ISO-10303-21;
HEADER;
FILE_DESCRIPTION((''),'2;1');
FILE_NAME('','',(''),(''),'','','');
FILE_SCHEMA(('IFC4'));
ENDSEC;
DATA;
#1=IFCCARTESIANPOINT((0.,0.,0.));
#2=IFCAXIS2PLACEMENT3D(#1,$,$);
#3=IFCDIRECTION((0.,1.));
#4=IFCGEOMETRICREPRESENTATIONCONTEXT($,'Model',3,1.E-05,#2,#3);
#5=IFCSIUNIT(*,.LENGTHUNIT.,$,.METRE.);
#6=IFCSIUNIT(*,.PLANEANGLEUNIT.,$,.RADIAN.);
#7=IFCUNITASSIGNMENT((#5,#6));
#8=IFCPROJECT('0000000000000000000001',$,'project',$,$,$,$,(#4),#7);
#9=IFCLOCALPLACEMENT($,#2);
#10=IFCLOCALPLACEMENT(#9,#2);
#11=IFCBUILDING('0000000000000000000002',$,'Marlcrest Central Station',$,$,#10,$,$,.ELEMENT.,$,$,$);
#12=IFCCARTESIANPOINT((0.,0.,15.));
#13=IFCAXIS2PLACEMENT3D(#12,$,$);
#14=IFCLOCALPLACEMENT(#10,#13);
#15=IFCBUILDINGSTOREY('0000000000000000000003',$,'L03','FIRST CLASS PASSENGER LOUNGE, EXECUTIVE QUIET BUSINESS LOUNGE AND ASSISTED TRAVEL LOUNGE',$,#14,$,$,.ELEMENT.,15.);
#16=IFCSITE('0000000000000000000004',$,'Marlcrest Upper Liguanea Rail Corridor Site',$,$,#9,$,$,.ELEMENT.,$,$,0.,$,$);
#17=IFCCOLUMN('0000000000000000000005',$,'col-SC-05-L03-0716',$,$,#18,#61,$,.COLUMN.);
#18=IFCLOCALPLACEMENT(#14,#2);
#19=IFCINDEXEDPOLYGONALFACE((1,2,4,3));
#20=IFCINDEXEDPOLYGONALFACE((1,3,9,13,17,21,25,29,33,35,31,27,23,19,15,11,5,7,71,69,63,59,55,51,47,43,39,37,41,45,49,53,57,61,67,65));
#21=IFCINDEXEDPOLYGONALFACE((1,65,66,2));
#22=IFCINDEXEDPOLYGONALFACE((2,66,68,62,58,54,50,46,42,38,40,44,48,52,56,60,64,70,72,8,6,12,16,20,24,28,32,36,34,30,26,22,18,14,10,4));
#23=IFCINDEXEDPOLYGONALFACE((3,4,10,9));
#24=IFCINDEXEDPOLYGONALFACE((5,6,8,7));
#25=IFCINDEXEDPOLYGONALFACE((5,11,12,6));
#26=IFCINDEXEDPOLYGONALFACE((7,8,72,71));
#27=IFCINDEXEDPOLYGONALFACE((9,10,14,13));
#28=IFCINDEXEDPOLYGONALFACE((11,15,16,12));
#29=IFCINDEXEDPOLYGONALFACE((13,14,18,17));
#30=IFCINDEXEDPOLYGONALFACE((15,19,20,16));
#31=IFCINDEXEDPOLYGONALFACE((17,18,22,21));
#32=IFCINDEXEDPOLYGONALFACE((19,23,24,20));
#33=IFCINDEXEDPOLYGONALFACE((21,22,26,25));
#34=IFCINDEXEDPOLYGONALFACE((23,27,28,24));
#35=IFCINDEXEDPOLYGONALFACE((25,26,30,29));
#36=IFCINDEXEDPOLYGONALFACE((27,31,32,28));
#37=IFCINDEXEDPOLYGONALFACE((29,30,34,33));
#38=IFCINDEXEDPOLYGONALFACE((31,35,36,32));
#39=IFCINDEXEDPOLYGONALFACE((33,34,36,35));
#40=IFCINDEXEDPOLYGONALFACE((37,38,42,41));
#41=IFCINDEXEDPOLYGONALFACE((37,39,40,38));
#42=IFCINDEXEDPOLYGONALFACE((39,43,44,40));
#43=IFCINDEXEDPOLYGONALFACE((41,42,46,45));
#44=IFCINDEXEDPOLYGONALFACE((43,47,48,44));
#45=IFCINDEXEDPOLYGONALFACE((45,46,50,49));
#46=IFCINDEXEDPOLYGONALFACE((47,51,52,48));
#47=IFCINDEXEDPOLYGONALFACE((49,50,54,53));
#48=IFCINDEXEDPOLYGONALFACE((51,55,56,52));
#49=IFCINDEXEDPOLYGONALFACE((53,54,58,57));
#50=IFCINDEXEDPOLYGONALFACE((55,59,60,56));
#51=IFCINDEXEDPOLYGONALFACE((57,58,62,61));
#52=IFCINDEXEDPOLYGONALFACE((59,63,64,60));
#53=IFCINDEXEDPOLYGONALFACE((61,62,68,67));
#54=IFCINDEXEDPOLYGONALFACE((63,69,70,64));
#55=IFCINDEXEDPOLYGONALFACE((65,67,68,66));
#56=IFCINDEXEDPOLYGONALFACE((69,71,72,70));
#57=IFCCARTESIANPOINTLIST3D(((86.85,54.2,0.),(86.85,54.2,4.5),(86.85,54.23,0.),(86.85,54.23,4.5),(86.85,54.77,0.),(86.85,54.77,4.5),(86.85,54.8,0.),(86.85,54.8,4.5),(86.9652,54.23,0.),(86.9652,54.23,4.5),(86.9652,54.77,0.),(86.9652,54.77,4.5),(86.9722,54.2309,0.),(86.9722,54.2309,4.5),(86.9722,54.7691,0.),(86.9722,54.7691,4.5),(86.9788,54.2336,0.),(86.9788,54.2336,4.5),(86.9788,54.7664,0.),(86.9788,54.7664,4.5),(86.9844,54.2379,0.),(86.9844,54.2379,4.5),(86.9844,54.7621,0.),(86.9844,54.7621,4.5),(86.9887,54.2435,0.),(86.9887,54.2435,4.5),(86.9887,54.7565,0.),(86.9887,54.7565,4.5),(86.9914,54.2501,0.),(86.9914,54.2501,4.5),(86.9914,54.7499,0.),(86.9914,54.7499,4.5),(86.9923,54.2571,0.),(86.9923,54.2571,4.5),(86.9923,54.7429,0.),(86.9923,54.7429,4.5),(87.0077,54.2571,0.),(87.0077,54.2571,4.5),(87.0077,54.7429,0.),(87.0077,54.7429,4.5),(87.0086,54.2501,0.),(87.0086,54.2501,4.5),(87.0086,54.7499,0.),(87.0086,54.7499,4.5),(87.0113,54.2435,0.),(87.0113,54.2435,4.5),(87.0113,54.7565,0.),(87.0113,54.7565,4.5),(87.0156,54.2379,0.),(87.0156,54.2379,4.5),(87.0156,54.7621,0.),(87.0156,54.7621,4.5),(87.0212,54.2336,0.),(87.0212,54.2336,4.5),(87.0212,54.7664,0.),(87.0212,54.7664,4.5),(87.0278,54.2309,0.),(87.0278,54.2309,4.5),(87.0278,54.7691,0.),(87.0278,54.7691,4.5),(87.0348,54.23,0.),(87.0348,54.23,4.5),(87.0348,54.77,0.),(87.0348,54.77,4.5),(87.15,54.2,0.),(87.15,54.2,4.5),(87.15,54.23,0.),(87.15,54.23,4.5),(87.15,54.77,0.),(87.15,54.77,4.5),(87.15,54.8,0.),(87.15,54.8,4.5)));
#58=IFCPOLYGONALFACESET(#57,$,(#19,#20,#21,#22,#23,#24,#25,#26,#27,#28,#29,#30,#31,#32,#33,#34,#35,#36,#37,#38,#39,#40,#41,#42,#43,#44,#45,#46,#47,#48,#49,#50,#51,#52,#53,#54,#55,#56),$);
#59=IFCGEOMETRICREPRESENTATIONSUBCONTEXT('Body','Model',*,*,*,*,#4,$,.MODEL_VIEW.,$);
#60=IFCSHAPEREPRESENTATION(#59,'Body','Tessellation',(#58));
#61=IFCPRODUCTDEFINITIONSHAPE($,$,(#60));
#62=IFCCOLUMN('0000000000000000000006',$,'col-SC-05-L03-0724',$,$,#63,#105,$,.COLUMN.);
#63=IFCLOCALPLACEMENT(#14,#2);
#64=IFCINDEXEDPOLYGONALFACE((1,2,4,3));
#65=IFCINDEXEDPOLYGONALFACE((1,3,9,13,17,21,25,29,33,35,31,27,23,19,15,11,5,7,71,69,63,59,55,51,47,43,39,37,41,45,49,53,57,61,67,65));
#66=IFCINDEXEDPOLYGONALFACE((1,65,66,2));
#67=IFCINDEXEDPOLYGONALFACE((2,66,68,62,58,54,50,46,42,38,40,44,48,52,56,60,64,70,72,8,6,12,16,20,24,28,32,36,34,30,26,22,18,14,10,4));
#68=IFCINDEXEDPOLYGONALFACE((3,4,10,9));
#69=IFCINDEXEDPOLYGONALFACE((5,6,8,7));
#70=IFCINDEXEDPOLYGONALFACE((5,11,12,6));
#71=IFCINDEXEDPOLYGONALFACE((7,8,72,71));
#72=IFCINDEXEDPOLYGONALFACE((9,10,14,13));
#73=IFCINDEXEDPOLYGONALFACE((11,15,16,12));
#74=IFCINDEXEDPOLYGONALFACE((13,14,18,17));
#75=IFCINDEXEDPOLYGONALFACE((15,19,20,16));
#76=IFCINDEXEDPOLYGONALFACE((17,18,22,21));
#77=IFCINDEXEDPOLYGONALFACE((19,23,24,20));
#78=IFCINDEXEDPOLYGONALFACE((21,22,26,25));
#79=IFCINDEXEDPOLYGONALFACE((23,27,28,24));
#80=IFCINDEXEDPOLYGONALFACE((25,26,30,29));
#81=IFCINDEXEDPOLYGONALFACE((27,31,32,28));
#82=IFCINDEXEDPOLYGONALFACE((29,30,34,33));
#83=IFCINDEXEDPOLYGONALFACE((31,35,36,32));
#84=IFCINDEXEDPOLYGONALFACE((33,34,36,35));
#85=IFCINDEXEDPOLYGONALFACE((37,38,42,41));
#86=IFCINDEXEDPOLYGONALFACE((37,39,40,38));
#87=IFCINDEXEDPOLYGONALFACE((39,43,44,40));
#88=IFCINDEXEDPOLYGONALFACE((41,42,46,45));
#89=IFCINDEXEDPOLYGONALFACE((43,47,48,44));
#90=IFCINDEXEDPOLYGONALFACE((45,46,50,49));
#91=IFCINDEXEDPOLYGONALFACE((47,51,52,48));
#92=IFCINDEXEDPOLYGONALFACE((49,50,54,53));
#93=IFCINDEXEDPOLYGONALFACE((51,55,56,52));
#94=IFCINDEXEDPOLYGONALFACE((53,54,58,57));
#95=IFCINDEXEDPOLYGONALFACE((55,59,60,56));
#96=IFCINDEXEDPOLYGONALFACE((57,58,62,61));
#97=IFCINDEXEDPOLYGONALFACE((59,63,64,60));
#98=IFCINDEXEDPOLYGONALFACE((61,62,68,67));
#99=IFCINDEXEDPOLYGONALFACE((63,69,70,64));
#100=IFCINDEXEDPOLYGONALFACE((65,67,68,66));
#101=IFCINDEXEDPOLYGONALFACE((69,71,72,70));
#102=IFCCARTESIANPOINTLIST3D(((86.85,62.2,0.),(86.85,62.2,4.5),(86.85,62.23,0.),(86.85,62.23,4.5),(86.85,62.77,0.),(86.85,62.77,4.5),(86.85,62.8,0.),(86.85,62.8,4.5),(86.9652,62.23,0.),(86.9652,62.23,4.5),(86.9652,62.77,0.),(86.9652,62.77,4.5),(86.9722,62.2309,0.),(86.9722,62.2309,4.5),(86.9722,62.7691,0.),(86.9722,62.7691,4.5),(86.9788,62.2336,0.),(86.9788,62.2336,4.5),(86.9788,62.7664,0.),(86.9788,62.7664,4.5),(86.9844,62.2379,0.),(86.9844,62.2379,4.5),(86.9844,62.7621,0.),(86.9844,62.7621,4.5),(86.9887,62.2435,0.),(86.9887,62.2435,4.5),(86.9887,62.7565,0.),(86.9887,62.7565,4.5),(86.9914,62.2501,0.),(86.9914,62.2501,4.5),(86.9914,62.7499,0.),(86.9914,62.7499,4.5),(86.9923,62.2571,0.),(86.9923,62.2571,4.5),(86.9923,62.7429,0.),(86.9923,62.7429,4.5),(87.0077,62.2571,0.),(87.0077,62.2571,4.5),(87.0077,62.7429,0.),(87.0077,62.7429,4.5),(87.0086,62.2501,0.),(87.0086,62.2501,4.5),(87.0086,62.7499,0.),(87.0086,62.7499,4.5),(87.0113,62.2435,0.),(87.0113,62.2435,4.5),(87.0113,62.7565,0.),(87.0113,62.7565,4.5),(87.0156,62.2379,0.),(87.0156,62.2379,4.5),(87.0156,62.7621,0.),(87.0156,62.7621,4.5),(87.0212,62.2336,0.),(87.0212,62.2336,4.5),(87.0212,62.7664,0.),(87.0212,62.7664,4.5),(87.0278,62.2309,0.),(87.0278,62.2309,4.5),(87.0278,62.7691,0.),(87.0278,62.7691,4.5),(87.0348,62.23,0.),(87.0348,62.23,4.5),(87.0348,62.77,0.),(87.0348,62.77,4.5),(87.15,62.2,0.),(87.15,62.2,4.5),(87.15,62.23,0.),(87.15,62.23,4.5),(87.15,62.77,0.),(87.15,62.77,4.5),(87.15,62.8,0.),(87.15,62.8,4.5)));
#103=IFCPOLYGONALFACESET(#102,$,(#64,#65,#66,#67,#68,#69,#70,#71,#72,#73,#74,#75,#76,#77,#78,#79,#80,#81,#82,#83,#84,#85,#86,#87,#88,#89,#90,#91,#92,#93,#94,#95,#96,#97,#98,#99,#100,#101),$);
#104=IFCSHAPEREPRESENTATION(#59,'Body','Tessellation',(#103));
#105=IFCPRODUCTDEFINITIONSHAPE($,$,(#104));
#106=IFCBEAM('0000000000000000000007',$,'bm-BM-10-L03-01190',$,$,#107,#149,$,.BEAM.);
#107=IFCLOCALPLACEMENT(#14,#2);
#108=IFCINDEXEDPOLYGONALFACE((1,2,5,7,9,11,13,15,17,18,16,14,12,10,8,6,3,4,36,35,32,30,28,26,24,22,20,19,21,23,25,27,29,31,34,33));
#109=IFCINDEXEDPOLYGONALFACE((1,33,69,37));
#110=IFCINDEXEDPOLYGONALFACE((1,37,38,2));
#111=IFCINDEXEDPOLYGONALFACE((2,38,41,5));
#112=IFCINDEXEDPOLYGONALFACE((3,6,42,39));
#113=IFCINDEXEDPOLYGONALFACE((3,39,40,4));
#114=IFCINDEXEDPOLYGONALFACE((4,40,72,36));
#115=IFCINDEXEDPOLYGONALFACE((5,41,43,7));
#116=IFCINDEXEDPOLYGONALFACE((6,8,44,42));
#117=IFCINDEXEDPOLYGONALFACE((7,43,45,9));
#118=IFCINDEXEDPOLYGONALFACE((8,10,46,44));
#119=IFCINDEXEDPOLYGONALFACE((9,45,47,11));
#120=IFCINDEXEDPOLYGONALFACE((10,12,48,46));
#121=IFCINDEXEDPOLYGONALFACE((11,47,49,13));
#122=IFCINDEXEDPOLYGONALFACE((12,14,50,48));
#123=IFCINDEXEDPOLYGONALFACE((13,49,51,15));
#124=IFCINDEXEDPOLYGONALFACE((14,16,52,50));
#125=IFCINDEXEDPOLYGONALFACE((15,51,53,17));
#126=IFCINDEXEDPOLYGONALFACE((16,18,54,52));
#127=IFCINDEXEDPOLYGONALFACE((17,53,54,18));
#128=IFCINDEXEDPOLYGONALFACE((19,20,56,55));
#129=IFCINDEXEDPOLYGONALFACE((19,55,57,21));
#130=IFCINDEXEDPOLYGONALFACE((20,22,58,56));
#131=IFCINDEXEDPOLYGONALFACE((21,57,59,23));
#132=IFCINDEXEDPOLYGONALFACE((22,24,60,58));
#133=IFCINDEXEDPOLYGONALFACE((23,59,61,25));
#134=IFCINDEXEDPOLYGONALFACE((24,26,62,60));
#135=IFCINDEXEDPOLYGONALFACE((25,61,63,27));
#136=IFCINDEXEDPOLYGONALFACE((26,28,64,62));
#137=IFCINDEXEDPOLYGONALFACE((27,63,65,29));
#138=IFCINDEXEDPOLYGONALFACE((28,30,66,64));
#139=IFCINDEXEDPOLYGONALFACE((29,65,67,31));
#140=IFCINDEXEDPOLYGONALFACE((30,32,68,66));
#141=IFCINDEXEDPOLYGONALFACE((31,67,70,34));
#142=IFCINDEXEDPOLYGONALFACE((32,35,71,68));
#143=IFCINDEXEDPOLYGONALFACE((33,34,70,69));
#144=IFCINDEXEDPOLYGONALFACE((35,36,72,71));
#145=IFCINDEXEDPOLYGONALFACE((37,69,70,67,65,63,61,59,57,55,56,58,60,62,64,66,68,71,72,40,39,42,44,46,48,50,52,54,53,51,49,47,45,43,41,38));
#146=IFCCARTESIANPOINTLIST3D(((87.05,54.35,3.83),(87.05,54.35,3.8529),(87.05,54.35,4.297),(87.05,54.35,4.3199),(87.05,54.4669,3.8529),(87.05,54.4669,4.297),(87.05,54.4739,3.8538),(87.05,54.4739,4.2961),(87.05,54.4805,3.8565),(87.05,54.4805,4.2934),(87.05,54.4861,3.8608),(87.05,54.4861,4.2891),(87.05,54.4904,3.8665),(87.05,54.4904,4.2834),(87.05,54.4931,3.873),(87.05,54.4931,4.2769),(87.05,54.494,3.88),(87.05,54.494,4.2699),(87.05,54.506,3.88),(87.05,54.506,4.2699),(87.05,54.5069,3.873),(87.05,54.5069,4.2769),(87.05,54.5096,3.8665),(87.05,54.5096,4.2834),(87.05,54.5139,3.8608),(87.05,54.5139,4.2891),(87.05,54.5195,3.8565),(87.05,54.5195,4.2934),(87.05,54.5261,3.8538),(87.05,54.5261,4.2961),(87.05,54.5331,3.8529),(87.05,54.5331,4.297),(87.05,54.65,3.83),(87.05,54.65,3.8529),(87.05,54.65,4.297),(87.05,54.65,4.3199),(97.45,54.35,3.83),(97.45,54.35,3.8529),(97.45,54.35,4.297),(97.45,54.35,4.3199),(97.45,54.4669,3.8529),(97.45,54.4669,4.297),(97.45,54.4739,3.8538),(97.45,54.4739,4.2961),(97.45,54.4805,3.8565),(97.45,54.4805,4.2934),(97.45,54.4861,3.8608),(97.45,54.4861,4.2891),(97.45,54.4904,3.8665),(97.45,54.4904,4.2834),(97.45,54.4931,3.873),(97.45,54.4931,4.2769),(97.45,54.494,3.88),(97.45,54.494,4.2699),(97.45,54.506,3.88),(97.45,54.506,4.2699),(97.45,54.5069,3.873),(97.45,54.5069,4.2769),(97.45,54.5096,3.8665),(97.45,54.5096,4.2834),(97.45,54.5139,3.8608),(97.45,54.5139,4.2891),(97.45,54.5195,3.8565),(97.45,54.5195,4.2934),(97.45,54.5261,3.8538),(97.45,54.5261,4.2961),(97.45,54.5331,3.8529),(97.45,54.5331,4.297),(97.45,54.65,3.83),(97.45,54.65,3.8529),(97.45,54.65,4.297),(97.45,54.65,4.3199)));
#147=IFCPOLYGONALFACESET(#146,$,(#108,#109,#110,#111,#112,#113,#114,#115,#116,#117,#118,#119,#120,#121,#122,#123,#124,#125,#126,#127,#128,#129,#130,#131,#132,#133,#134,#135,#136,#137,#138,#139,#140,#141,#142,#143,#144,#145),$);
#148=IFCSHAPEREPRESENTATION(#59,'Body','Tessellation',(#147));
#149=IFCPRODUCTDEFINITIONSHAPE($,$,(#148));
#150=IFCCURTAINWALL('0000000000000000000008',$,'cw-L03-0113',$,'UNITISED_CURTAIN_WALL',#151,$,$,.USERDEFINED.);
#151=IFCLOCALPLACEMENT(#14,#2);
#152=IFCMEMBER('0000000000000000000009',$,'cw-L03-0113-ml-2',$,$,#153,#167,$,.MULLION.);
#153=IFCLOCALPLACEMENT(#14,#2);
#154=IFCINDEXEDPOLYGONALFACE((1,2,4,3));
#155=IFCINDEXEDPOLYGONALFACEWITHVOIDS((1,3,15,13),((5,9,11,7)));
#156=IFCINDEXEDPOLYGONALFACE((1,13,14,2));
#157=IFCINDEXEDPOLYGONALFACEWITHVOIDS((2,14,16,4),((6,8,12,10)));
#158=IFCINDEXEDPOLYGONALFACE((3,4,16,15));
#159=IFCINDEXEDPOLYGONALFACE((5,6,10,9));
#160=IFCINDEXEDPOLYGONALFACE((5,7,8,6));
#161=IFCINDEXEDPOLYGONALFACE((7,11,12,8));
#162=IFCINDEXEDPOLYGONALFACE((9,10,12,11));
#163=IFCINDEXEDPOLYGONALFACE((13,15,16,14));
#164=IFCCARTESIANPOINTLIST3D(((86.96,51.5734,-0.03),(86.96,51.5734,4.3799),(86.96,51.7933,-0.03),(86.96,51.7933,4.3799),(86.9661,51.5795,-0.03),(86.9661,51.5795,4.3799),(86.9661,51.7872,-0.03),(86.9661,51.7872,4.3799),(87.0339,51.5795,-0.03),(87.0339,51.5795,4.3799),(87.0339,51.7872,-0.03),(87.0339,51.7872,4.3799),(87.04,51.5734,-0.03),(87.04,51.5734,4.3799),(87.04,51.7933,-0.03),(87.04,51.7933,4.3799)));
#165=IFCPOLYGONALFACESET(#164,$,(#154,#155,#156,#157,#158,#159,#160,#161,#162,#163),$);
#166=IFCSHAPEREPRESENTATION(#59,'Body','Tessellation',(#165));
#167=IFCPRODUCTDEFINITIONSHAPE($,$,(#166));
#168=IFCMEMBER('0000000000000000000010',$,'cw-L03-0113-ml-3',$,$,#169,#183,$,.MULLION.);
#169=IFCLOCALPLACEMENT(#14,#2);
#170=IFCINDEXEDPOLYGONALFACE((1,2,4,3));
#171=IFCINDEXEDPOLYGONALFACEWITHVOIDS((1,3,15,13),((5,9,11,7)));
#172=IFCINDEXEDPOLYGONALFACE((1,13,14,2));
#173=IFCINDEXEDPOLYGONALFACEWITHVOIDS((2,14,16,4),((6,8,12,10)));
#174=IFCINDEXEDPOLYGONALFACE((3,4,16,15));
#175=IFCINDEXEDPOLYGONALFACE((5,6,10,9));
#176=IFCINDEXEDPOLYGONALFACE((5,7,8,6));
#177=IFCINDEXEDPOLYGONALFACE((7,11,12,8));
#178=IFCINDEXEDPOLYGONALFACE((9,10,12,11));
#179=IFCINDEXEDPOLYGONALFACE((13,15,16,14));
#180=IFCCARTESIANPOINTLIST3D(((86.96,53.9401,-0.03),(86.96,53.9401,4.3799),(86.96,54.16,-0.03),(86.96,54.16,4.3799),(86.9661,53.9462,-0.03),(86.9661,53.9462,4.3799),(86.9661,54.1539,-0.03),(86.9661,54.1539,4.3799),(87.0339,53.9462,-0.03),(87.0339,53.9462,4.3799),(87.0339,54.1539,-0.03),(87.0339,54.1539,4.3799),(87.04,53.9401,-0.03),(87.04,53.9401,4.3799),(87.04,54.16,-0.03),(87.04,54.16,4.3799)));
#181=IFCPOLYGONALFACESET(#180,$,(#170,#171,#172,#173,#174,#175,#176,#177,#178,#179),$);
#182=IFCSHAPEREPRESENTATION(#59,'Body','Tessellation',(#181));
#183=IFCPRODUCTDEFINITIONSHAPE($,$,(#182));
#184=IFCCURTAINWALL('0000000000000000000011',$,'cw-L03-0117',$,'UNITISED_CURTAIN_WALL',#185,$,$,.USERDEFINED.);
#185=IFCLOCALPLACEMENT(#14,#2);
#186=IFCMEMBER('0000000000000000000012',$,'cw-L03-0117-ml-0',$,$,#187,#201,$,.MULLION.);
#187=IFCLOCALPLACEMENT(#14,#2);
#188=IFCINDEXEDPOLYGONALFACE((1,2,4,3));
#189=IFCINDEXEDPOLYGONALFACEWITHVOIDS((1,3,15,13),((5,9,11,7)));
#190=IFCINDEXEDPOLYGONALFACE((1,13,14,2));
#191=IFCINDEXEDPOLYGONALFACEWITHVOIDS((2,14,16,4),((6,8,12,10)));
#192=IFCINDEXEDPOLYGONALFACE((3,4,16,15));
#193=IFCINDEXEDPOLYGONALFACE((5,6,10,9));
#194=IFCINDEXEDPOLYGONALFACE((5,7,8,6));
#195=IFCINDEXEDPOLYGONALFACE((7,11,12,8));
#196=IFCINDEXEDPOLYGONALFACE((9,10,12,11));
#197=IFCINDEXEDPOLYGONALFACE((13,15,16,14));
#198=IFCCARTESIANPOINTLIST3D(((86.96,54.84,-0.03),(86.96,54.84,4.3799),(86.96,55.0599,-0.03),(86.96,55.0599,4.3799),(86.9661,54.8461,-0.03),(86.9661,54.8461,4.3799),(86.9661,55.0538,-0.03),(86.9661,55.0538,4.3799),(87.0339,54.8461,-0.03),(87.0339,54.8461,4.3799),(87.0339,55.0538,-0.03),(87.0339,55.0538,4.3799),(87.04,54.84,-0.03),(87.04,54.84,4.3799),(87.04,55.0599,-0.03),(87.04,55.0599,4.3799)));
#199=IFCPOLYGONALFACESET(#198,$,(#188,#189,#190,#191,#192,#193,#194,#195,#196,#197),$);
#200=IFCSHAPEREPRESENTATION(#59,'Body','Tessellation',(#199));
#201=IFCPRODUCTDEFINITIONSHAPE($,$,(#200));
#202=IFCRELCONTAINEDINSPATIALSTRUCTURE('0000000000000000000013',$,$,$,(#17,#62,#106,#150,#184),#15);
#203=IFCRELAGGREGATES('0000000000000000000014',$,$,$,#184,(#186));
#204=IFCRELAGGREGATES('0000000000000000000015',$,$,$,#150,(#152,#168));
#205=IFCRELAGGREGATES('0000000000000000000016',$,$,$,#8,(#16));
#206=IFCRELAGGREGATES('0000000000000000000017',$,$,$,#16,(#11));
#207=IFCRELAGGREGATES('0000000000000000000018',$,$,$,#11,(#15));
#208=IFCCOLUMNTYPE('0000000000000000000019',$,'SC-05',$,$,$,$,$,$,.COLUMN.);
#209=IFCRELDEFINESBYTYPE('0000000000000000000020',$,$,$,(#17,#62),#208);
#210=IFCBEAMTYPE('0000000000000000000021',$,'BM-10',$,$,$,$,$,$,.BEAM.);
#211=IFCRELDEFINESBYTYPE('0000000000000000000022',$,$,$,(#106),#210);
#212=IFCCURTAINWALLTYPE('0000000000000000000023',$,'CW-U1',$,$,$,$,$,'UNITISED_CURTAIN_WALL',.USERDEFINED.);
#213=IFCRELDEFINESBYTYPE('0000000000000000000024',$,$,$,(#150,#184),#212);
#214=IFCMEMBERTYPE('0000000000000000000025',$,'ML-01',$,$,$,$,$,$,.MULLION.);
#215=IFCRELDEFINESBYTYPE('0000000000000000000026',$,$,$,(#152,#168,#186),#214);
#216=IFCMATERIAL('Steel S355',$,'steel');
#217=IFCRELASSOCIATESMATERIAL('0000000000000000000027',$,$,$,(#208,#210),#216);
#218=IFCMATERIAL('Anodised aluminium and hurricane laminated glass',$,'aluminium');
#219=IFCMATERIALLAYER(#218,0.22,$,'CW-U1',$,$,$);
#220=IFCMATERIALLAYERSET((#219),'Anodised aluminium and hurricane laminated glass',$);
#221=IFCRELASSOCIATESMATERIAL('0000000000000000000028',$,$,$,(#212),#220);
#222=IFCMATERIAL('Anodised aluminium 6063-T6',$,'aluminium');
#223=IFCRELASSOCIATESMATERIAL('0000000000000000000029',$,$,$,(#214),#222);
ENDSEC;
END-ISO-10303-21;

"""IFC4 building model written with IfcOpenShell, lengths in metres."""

from ifc_helpers import new_model, si_unit, direction, frame, origin, origin_2d, place, context, subcontext, project, spatial, hollow_rectangle, i_section, extrude, material, layer, layer_set, material_profile, profile_set, type_object, element, aggregate, save


model = new_model("IFC4")

# Units and contexts
model_context = context("Model", 3, precision=1e-05, world=origin(), true_north=direction((0.0, 1.0)))
body_context = subcontext(model_context, "Body", "Model", "MODEL_VIEW")
ifc_project = project(units=[si_unit("LENGTHUNIT", "METRE"), si_unit("PLANEANGLEUNIT", "RADIAN")], contexts=[model_context])

# Site, building, storey
site_placement = place(None, origin())
site = spatial("IfcSite", under=ifc_project, at=site_placement, Name="Marlcrest Upper Liguanea Rail Corridor Site", CompositionType="ELEMENT", RefElevation=0.0)
building_placement = place(site_placement, origin())
building = spatial("IfcBuilding", under=site, at=building_placement, Name="Marlcrest Central Station", CompositionType="ELEMENT")
storey_placement = place(building_placement, frame((0.0, 0.0, 15.0)))
storey = spatial("IfcBuildingStorey", under=building, at=storey_placement, Name="L03", Description="FIRST CLASS PASSENGER LOUNGE, EXECUTIVE QUIET BUSINESS LOUNGE AND ASSISTED TRAVEL LOUNGE", CompositionType="ELEMENT", Elevation=15.0)

# Columns
ifc_material_1 = material(Name="Steel S355", Category="steel")
ifc_material_profile_1 = material_profile(ifc_material_1, i_section(OverallWidth=0.3, OverallDepth=0.6001, WebThickness=0.0154, FlangeThickness=0.03, FilletRadius=0.0271, at=origin_2d()), Name="HEB 600")
ifc_profile_set_1 = profile_set([ifc_material_profile_1], Name="Steel S355")
column_type = type_object("IfcColumnType", Name="SC-05", PredefinedType="COLUMN", material=ifc_profile_set_1)
for number, where, z_axis, x_axis, name in (
    (1, (87.0, 54.5, 0.0), (0.0, 0.0, 1.0), (1.0, 0.0, 0.0), "col-SC-05-L03-0716"),
    (2, (87.0, 62.5, 0.0), (0.0, 0.0, 1.0), (1.0, 0.0, 0.0), "col-SC-05-L03-0724"),
):
    element("IfcColumn", number, at=place(storey_placement, frame(where, z_axis=z_axis, x_axis=x_axis)), inside=storey, type_object=column_type, Name=name, PredefinedType="COLUMN", context=body_context, shape_type="SweptSolid", body=[
        extrude(i_section(OverallWidth=0.3, OverallDepth=0.6001, WebThickness=0.0154, FlangeThickness=0.03, FilletRadius=0.0271, at=origin_2d()), origin(), (0.0, 0.0, 1.0), 4.5),
    ])

# Beam
ifc_material_profile_2 = material_profile(ifc_material_1, i_section(OverallWidth=0.3, OverallDepth=0.49, WebThickness=0.012, FlangeThickness=0.0229, FilletRadius=0.0271, at=origin_2d()), Name="HEA 500")
ifc_profile_set_2 = profile_set([ifc_material_profile_2], Name="Steel S355")
beam_type = type_object("IfcBeamType", Name="BM-10", PredefinedType="BEAM", material=ifc_profile_set_2)
beam_placement = place(storey_placement, frame((87.05, 54.5, 4.075), z_axis=(1.0, 0.0, 0.0), x_axis=(0.0, 1.0, 0.0)))
element("IfcBeam", 3, at=beam_placement, inside=storey, type_object=beam_type, Name="bm-BM-10-L03-01190", PredefinedType="BEAM", context=body_context, shape_type="SweptSolid", body=[
    extrude(i_section(OverallWidth=0.3, OverallDepth=0.49, WebThickness=0.012, FlangeThickness=0.0229, FilletRadius=0.0271, at=origin_2d()), origin(), (0.0, 0.0, 1.0), 10.3999),
])

# Curtain walls, members
ifc_material_2 = material(Name="Anodised aluminium and hurricane laminated glass", Category="aluminium")
ifc_layer_1 = layer(ifc_material_2, 0.22, Name="CW-U1")
ifc_layer_set_1 = layer_set([ifc_layer_1], Name="Anodised aluminium and hurricane laminated glass")
curtain_wall_type = type_object("IfcCurtainWallType", Name="CW-U1", ElementType="UNITISED_CURTAIN_WALL", PredefinedType="USERDEFINED", material=ifc_layer_set_1)
curtain_wall_1_placement = place(storey_placement, origin())
curtain_wall_1 = element("IfcCurtainWall", 4, at=curtain_wall_1_placement, inside=storey, type_object=curtain_wall_type, Name="cw-L03-0113", ObjectType="UNITISED_CURTAIN_WALL", PredefinedType="USERDEFINED")
ifc_material_3 = material(Name="Anodised aluminium 6063-T6", Category="aluminium")
ifc_material_profile_3 = material_profile(ifc_material_3, hollow_rectangle(XDim=0.0801, YDim=0.22, WallThickness=0.0061, at=origin_2d()), Name="AA-RHS 220x80x6")
ifc_profile_set_3 = profile_set([ifc_material_profile_3], Name="Anodised aluminium 6063-T6")
member_type_1 = type_object("IfcMemberType", Name="ML-01", PredefinedType="MULLION", material=ifc_profile_set_3)
member_1_placement = place(storey_placement, frame((87.0, 51.6833, -0.03), z_axis=(0.0, 0.0, 1.0), x_axis=(1.0, 0.0, 0.0)))
member_1 = element("IfcMember", 5, at=member_1_placement, type_object=member_type_1, Name="cw-L03-0113-ml-2", PredefinedType="MULLION", context=body_context, shape_type="SweptSolid", body=[
    extrude(hollow_rectangle(XDim=0.0801, YDim=0.22, WallThickness=0.0061, at=origin_2d()), origin(), (0.0, 0.0, 1.0), 4.4099),
])
member_2_placement = place(storey_placement, frame((87.0, 54.05, -0.03), z_axis=(0.0, 0.0, 1.0), x_axis=(1.0, 0.0, 0.0)))
member_2 = element("IfcMember", 6, at=member_2_placement, type_object=member_type_1, Name="cw-L03-0113-ml-3", PredefinedType="MULLION", context=body_context, shape_type="SweptSolid", body=[
    extrude(hollow_rectangle(XDim=0.0801, YDim=0.22, WallThickness=0.0061, at=origin_2d()), origin(), (0.0, 0.0, 1.0), 4.4099),
])
curtain_wall_2_placement = place(storey_placement, origin())
curtain_wall_2 = element("IfcCurtainWall", 7, at=curtain_wall_2_placement, inside=storey, type_object=curtain_wall_type, Name="cw-L03-0117", ObjectType="UNITISED_CURTAIN_WALL", PredefinedType="USERDEFINED")
member_3_placement = place(storey_placement, frame((87.0, 54.95, -0.03), z_axis=(0.0, 0.0, 1.0), x_axis=(1.0, 0.0, 0.0)))
member_3 = element("IfcMember", 8, at=member_3_placement, type_object=member_type_1, Name="cw-L03-0117-ml-0", PredefinedType="MULLION", context=body_context, shape_type="SweptSolid", body=[
    extrude(hollow_rectangle(XDim=0.0801, YDim=0.22, WallThickness=0.0061, at=origin_2d()), origin(), (0.0, 0.0, 1.0), 4.4099),
])

aggregate(curtain_wall_2, [member_3])
aggregate(curtain_wall_1, [member_1, member_2])

save(model, "model.ifc")
